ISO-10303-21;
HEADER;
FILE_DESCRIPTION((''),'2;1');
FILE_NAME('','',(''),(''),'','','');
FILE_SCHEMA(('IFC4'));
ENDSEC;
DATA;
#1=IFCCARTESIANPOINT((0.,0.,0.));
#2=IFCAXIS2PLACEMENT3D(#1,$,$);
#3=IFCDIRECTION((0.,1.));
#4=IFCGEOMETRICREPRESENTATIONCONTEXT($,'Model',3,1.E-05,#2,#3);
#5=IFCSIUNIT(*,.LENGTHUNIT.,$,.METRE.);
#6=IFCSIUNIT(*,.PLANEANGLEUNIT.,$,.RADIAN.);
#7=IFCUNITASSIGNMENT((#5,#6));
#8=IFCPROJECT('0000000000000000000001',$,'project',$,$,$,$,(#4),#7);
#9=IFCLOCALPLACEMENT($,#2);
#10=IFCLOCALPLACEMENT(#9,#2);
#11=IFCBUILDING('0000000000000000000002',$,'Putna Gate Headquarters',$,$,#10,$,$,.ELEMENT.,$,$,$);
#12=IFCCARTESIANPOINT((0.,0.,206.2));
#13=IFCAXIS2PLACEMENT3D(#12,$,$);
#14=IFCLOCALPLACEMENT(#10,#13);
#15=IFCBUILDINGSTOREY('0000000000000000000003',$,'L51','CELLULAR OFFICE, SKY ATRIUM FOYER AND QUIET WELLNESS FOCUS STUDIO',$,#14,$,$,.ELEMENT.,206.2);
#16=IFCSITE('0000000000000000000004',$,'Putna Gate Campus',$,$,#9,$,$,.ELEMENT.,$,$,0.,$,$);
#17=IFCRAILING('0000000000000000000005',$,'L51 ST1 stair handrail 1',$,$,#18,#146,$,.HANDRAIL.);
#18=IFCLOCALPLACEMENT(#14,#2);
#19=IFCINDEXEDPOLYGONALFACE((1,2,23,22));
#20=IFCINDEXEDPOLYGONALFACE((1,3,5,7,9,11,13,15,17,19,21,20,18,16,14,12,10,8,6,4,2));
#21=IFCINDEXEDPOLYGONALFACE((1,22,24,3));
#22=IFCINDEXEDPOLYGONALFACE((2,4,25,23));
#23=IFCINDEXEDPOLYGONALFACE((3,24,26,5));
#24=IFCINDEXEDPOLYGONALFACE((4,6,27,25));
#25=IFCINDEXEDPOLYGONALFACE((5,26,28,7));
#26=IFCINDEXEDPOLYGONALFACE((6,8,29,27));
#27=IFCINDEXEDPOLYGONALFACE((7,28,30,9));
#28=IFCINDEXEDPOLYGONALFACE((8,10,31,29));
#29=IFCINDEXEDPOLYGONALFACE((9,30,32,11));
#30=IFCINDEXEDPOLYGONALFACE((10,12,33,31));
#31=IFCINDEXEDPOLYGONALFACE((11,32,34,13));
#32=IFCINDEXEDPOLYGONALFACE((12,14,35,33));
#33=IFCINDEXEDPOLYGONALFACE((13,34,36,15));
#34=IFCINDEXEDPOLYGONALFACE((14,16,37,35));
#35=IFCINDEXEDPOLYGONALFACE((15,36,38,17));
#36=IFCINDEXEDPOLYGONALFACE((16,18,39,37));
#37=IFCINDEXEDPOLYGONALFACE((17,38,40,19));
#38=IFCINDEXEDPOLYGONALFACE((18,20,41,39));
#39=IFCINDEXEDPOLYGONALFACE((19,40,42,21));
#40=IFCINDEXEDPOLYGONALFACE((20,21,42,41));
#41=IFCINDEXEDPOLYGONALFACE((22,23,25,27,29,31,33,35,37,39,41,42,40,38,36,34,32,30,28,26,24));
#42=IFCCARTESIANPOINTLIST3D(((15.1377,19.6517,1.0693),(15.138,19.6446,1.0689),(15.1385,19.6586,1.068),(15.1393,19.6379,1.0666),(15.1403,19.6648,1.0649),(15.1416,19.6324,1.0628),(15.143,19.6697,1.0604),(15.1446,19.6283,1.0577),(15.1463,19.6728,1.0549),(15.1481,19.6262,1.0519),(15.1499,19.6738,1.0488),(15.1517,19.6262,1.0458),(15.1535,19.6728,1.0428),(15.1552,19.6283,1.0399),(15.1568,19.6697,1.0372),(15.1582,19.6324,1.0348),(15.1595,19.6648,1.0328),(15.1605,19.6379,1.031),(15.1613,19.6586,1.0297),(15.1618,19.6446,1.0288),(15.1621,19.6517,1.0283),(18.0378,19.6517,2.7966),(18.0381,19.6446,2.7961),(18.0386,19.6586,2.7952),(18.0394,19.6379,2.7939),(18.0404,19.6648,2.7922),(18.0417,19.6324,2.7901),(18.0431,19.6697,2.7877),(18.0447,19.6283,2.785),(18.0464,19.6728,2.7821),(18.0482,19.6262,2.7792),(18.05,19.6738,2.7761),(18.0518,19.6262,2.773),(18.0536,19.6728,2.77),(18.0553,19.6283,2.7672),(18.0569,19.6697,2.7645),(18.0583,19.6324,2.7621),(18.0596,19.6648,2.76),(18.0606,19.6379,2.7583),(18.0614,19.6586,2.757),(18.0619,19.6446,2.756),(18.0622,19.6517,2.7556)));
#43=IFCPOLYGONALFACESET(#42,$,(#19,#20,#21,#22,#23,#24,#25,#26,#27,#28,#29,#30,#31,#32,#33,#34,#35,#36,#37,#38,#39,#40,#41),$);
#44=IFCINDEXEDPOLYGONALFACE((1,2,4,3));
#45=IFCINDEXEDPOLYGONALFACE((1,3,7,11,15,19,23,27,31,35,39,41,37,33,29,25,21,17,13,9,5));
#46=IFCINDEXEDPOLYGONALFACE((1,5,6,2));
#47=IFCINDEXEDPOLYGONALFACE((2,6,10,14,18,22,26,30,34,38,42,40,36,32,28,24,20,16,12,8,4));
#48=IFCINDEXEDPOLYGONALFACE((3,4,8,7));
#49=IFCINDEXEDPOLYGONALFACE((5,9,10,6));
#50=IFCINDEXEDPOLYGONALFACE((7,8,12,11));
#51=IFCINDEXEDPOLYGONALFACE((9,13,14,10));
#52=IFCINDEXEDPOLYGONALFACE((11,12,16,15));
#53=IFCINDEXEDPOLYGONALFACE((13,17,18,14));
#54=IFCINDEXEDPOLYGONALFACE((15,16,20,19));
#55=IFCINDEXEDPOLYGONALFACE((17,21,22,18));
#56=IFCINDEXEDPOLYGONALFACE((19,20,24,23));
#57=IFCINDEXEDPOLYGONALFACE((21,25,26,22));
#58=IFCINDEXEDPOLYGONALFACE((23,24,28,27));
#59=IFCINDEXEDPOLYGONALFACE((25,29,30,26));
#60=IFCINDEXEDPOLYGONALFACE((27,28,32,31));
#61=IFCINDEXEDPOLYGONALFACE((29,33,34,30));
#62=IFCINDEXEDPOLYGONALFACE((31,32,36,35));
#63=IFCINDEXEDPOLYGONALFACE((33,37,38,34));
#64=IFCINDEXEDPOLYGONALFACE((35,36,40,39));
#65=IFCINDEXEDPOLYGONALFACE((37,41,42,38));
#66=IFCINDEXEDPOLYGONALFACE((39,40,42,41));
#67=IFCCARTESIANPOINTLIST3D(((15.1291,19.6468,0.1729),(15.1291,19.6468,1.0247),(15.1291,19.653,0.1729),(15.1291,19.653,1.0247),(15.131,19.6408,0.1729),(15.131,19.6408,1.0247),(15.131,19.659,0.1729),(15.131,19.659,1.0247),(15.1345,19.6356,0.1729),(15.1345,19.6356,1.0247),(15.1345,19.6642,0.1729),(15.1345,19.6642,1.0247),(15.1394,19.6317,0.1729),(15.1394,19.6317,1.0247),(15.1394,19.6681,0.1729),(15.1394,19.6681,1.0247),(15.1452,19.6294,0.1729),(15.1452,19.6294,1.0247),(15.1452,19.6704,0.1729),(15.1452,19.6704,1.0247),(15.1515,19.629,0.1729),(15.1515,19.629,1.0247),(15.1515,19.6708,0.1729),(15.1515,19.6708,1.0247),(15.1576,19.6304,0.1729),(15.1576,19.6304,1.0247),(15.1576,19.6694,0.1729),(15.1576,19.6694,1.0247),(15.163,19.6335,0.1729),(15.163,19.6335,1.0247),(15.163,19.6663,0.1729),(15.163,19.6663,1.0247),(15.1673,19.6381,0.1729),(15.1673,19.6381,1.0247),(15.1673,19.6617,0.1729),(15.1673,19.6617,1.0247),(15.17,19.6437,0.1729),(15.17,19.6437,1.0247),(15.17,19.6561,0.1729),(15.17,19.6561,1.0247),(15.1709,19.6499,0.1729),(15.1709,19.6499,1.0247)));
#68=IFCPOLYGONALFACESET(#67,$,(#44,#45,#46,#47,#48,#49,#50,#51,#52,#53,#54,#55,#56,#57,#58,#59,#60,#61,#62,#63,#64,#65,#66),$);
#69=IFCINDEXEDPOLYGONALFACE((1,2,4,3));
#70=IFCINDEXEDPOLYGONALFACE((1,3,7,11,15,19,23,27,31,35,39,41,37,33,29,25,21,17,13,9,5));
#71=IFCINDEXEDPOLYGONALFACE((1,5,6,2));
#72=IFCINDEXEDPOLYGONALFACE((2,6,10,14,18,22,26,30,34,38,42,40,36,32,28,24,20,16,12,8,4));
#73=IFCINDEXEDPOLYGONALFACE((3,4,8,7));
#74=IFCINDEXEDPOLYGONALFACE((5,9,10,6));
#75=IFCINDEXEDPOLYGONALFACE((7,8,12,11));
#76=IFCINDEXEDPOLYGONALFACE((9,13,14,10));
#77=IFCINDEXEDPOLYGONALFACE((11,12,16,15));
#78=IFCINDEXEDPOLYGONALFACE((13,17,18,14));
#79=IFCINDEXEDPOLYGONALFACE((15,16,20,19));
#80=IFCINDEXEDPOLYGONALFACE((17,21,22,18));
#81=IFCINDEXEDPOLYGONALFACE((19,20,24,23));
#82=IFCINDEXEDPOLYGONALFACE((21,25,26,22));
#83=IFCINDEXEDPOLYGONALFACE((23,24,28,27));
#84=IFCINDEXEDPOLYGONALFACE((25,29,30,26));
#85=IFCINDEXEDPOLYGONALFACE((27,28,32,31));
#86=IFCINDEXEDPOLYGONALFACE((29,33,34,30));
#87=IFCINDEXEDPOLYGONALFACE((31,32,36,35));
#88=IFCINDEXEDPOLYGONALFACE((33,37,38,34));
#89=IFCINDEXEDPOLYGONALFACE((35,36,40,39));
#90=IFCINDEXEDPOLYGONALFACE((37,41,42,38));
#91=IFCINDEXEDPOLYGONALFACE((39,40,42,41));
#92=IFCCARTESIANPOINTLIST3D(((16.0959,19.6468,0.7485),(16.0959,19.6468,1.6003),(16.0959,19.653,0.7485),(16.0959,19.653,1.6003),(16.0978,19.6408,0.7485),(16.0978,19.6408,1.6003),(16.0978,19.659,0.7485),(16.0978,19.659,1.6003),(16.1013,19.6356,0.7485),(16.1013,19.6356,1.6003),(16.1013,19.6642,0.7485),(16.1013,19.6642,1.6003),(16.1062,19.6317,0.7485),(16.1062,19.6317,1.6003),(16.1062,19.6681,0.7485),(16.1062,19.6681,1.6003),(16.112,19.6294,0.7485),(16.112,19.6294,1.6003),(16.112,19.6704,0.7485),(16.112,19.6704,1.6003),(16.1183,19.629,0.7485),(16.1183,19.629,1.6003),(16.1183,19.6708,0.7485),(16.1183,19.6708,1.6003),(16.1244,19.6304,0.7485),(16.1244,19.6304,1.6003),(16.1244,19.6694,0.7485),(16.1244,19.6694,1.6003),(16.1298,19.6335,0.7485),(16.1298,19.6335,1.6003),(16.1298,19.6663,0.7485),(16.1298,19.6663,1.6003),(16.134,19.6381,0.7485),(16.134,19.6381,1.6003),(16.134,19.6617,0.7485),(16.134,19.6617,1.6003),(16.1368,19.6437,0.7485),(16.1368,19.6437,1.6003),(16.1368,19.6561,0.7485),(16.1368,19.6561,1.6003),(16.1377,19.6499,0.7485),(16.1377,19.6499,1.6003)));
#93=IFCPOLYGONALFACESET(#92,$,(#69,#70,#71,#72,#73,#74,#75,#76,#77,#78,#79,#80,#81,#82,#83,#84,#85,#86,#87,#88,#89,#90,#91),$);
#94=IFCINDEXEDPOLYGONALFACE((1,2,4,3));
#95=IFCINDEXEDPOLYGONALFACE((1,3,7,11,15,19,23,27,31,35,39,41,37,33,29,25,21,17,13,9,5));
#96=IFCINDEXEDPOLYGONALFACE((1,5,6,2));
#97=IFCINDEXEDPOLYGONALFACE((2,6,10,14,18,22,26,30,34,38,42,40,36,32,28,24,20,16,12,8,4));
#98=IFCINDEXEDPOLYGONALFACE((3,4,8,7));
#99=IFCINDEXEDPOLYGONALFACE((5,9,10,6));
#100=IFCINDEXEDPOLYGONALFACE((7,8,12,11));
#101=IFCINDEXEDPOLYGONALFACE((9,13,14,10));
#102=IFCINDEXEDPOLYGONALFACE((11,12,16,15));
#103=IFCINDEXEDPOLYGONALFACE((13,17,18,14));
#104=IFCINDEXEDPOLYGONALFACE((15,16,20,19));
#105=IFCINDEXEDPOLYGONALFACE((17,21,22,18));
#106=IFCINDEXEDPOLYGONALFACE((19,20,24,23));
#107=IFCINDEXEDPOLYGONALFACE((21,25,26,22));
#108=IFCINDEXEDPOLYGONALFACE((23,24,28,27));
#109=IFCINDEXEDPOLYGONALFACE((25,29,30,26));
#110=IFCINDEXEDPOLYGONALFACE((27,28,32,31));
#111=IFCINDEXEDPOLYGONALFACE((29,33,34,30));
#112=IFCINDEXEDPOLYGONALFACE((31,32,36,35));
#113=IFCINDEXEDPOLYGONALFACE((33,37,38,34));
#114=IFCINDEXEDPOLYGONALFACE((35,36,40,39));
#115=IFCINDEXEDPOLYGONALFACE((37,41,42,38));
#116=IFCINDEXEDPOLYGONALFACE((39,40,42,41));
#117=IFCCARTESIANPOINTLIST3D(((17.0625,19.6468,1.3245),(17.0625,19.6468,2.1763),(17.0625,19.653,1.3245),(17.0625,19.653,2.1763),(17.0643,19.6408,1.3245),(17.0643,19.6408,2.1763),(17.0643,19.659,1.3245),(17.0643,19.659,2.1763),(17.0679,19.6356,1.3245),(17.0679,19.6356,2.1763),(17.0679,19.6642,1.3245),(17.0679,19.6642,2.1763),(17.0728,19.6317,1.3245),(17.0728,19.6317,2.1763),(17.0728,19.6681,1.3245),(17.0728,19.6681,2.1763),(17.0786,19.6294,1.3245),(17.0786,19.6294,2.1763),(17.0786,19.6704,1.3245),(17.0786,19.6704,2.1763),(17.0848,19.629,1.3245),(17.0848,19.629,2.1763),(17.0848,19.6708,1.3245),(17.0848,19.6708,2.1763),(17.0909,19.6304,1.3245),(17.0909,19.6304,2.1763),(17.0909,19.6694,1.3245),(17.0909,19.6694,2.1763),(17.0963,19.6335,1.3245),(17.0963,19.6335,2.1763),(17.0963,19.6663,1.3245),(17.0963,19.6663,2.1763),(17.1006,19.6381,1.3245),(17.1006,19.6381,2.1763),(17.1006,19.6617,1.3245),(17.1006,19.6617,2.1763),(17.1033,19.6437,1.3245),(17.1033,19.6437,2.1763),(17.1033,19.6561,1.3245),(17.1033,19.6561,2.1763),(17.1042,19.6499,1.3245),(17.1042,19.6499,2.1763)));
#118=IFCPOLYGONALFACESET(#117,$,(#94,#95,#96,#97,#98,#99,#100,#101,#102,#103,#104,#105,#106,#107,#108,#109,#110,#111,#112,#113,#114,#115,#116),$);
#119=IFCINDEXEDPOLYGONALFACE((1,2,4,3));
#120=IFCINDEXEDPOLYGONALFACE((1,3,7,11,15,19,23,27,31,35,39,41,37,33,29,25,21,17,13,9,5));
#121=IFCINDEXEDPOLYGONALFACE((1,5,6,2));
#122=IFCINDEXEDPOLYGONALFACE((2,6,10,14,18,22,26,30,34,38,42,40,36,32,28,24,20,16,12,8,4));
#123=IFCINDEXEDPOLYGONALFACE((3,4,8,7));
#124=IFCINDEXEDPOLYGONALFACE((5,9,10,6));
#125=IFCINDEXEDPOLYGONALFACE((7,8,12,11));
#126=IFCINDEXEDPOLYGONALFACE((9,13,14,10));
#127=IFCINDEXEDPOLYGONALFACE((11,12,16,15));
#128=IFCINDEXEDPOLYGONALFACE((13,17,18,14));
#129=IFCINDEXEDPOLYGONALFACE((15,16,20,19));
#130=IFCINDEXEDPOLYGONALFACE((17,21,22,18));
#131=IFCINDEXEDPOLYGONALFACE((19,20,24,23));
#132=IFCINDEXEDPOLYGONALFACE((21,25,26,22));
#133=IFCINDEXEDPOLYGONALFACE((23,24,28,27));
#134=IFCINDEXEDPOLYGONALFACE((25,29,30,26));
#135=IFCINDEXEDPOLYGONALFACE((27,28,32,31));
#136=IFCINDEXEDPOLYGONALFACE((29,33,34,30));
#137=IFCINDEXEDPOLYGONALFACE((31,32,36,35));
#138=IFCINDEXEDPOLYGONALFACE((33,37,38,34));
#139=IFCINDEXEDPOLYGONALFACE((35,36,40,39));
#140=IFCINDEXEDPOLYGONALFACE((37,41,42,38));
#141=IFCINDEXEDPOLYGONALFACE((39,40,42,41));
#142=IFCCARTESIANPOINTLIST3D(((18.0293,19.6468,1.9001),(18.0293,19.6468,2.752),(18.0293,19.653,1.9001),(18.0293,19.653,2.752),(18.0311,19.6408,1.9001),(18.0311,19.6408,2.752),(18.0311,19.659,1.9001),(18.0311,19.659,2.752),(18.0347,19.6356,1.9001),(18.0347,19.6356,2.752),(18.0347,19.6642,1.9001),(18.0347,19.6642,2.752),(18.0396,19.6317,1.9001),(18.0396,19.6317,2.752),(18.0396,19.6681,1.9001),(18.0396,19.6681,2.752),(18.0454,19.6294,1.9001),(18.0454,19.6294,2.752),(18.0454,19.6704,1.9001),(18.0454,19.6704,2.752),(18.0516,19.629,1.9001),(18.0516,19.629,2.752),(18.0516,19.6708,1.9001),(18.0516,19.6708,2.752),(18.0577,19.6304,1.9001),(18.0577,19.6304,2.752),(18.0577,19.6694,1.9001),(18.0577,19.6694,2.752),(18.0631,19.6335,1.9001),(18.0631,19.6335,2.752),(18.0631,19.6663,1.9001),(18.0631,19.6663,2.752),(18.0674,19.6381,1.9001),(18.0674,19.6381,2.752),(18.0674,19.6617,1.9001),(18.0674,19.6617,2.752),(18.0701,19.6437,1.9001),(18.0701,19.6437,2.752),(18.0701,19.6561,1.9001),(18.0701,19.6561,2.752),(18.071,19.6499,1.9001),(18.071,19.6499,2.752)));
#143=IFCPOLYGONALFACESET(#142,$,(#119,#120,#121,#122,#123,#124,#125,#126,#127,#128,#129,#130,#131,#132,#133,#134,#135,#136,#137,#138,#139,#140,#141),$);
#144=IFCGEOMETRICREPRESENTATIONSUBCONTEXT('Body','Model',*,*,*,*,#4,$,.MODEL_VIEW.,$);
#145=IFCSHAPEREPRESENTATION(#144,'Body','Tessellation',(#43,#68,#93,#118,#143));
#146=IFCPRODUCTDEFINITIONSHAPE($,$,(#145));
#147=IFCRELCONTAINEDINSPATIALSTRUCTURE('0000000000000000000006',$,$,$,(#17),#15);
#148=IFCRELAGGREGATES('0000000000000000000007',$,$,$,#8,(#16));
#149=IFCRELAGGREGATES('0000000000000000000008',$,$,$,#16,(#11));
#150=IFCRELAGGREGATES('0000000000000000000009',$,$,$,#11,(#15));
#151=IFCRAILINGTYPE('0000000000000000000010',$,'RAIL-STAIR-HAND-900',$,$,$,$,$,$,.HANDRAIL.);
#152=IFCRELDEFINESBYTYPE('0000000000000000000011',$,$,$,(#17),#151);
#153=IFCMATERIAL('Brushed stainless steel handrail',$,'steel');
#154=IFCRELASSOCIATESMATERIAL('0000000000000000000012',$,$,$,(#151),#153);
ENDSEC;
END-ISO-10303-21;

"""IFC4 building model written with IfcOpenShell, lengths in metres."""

from ifc_helpers import new_model, si_unit, direction, frame, origin, origin_2d, place, context, subcontext, project, spatial, circle, extrude, material, type_object, element, save


model = new_model("IFC4")

# Units and contexts
model_context = context("Model", 3, precision=1e-05, world=origin(), true_north=direction((0.0, 1.0)))
body_context = subcontext(model_context, "Body", "Model", "MODEL_VIEW")
ifc_project = project(units=[si_unit("LENGTHUNIT", "METRE"), si_unit("PLANEANGLEUNIT", "RADIAN")], contexts=[model_context])

# Site, building, storey
site_placement = place(None, origin())
site = spatial("IfcSite", under=ifc_project, at=site_placement, Name="Putna Gate Campus", CompositionType="ELEMENT", RefElevation=0.0)
building_placement = place(site_placement, origin())
building = spatial("IfcBuilding", under=site, at=building_placement, Name="Putna Gate Headquarters", CompositionType="ELEMENT")
storey_placement = place(building_placement, frame((0.0, 0.0, 206.2)))
storey = spatial("IfcBuildingStorey", under=building, at=storey_placement, Name="L51", Description="CELLULAR OFFICE, SKY ATRIUM FOYER AND QUIET WELLNESS FOCUS STUDIO", CompositionType="ELEMENT", Elevation=206.2)

# Railing
ifc_material_1 = material(Name="Brushed stainless steel handrail", Category="steel")
railing_type_1 = type_object("IfcRailingType", Name="RAIL-STAIR-HAND-900", PredefinedType="HANDRAIL", material=ifc_material_1)
railing_1_placement = place(storey_placement, frame((15.1499, 19.6499, 0.1729)))
element("IfcRailing", 1, at=railing_1_placement, inside=storey, type_object=railing_type_1, Name="L51 ST1 stair handrail 1", PredefinedType="HANDRAIL", context=body_context, shape_type="SweptSolid", body=[
    extrude(circle(Radius=0.0239, at=origin_2d()), frame((0.0, 0.0, 0.876), z_axis=(0.85916, 0.0, 0.511706), x_axis=(0.0, 1.0, 0.0)), (0.0, 0.0, 1.0), 3.3755),
    extrude(circle(Radius=0.021, at=origin_2d()), origin(), (0.0, 0.0, 1.0), 0.8518),
    extrude(circle(Radius=0.021, at=origin_2d()), frame((0.9668, 0.0, 0.5757)), (0.0, 0.0, 1.0), 0.8518),
    extrude(circle(Radius=0.021, at=origin_2d()), frame((1.9333, 0.0, 1.1516)), (0.0, 0.0, 1.0), 0.8518),
    extrude(circle(Radius=0.021, at=origin_2d()), frame((2.9001, 0.0, 1.7273)), (0.0, 0.0, 1.0), 0.8518),
])

save(model, "model.ifc")
